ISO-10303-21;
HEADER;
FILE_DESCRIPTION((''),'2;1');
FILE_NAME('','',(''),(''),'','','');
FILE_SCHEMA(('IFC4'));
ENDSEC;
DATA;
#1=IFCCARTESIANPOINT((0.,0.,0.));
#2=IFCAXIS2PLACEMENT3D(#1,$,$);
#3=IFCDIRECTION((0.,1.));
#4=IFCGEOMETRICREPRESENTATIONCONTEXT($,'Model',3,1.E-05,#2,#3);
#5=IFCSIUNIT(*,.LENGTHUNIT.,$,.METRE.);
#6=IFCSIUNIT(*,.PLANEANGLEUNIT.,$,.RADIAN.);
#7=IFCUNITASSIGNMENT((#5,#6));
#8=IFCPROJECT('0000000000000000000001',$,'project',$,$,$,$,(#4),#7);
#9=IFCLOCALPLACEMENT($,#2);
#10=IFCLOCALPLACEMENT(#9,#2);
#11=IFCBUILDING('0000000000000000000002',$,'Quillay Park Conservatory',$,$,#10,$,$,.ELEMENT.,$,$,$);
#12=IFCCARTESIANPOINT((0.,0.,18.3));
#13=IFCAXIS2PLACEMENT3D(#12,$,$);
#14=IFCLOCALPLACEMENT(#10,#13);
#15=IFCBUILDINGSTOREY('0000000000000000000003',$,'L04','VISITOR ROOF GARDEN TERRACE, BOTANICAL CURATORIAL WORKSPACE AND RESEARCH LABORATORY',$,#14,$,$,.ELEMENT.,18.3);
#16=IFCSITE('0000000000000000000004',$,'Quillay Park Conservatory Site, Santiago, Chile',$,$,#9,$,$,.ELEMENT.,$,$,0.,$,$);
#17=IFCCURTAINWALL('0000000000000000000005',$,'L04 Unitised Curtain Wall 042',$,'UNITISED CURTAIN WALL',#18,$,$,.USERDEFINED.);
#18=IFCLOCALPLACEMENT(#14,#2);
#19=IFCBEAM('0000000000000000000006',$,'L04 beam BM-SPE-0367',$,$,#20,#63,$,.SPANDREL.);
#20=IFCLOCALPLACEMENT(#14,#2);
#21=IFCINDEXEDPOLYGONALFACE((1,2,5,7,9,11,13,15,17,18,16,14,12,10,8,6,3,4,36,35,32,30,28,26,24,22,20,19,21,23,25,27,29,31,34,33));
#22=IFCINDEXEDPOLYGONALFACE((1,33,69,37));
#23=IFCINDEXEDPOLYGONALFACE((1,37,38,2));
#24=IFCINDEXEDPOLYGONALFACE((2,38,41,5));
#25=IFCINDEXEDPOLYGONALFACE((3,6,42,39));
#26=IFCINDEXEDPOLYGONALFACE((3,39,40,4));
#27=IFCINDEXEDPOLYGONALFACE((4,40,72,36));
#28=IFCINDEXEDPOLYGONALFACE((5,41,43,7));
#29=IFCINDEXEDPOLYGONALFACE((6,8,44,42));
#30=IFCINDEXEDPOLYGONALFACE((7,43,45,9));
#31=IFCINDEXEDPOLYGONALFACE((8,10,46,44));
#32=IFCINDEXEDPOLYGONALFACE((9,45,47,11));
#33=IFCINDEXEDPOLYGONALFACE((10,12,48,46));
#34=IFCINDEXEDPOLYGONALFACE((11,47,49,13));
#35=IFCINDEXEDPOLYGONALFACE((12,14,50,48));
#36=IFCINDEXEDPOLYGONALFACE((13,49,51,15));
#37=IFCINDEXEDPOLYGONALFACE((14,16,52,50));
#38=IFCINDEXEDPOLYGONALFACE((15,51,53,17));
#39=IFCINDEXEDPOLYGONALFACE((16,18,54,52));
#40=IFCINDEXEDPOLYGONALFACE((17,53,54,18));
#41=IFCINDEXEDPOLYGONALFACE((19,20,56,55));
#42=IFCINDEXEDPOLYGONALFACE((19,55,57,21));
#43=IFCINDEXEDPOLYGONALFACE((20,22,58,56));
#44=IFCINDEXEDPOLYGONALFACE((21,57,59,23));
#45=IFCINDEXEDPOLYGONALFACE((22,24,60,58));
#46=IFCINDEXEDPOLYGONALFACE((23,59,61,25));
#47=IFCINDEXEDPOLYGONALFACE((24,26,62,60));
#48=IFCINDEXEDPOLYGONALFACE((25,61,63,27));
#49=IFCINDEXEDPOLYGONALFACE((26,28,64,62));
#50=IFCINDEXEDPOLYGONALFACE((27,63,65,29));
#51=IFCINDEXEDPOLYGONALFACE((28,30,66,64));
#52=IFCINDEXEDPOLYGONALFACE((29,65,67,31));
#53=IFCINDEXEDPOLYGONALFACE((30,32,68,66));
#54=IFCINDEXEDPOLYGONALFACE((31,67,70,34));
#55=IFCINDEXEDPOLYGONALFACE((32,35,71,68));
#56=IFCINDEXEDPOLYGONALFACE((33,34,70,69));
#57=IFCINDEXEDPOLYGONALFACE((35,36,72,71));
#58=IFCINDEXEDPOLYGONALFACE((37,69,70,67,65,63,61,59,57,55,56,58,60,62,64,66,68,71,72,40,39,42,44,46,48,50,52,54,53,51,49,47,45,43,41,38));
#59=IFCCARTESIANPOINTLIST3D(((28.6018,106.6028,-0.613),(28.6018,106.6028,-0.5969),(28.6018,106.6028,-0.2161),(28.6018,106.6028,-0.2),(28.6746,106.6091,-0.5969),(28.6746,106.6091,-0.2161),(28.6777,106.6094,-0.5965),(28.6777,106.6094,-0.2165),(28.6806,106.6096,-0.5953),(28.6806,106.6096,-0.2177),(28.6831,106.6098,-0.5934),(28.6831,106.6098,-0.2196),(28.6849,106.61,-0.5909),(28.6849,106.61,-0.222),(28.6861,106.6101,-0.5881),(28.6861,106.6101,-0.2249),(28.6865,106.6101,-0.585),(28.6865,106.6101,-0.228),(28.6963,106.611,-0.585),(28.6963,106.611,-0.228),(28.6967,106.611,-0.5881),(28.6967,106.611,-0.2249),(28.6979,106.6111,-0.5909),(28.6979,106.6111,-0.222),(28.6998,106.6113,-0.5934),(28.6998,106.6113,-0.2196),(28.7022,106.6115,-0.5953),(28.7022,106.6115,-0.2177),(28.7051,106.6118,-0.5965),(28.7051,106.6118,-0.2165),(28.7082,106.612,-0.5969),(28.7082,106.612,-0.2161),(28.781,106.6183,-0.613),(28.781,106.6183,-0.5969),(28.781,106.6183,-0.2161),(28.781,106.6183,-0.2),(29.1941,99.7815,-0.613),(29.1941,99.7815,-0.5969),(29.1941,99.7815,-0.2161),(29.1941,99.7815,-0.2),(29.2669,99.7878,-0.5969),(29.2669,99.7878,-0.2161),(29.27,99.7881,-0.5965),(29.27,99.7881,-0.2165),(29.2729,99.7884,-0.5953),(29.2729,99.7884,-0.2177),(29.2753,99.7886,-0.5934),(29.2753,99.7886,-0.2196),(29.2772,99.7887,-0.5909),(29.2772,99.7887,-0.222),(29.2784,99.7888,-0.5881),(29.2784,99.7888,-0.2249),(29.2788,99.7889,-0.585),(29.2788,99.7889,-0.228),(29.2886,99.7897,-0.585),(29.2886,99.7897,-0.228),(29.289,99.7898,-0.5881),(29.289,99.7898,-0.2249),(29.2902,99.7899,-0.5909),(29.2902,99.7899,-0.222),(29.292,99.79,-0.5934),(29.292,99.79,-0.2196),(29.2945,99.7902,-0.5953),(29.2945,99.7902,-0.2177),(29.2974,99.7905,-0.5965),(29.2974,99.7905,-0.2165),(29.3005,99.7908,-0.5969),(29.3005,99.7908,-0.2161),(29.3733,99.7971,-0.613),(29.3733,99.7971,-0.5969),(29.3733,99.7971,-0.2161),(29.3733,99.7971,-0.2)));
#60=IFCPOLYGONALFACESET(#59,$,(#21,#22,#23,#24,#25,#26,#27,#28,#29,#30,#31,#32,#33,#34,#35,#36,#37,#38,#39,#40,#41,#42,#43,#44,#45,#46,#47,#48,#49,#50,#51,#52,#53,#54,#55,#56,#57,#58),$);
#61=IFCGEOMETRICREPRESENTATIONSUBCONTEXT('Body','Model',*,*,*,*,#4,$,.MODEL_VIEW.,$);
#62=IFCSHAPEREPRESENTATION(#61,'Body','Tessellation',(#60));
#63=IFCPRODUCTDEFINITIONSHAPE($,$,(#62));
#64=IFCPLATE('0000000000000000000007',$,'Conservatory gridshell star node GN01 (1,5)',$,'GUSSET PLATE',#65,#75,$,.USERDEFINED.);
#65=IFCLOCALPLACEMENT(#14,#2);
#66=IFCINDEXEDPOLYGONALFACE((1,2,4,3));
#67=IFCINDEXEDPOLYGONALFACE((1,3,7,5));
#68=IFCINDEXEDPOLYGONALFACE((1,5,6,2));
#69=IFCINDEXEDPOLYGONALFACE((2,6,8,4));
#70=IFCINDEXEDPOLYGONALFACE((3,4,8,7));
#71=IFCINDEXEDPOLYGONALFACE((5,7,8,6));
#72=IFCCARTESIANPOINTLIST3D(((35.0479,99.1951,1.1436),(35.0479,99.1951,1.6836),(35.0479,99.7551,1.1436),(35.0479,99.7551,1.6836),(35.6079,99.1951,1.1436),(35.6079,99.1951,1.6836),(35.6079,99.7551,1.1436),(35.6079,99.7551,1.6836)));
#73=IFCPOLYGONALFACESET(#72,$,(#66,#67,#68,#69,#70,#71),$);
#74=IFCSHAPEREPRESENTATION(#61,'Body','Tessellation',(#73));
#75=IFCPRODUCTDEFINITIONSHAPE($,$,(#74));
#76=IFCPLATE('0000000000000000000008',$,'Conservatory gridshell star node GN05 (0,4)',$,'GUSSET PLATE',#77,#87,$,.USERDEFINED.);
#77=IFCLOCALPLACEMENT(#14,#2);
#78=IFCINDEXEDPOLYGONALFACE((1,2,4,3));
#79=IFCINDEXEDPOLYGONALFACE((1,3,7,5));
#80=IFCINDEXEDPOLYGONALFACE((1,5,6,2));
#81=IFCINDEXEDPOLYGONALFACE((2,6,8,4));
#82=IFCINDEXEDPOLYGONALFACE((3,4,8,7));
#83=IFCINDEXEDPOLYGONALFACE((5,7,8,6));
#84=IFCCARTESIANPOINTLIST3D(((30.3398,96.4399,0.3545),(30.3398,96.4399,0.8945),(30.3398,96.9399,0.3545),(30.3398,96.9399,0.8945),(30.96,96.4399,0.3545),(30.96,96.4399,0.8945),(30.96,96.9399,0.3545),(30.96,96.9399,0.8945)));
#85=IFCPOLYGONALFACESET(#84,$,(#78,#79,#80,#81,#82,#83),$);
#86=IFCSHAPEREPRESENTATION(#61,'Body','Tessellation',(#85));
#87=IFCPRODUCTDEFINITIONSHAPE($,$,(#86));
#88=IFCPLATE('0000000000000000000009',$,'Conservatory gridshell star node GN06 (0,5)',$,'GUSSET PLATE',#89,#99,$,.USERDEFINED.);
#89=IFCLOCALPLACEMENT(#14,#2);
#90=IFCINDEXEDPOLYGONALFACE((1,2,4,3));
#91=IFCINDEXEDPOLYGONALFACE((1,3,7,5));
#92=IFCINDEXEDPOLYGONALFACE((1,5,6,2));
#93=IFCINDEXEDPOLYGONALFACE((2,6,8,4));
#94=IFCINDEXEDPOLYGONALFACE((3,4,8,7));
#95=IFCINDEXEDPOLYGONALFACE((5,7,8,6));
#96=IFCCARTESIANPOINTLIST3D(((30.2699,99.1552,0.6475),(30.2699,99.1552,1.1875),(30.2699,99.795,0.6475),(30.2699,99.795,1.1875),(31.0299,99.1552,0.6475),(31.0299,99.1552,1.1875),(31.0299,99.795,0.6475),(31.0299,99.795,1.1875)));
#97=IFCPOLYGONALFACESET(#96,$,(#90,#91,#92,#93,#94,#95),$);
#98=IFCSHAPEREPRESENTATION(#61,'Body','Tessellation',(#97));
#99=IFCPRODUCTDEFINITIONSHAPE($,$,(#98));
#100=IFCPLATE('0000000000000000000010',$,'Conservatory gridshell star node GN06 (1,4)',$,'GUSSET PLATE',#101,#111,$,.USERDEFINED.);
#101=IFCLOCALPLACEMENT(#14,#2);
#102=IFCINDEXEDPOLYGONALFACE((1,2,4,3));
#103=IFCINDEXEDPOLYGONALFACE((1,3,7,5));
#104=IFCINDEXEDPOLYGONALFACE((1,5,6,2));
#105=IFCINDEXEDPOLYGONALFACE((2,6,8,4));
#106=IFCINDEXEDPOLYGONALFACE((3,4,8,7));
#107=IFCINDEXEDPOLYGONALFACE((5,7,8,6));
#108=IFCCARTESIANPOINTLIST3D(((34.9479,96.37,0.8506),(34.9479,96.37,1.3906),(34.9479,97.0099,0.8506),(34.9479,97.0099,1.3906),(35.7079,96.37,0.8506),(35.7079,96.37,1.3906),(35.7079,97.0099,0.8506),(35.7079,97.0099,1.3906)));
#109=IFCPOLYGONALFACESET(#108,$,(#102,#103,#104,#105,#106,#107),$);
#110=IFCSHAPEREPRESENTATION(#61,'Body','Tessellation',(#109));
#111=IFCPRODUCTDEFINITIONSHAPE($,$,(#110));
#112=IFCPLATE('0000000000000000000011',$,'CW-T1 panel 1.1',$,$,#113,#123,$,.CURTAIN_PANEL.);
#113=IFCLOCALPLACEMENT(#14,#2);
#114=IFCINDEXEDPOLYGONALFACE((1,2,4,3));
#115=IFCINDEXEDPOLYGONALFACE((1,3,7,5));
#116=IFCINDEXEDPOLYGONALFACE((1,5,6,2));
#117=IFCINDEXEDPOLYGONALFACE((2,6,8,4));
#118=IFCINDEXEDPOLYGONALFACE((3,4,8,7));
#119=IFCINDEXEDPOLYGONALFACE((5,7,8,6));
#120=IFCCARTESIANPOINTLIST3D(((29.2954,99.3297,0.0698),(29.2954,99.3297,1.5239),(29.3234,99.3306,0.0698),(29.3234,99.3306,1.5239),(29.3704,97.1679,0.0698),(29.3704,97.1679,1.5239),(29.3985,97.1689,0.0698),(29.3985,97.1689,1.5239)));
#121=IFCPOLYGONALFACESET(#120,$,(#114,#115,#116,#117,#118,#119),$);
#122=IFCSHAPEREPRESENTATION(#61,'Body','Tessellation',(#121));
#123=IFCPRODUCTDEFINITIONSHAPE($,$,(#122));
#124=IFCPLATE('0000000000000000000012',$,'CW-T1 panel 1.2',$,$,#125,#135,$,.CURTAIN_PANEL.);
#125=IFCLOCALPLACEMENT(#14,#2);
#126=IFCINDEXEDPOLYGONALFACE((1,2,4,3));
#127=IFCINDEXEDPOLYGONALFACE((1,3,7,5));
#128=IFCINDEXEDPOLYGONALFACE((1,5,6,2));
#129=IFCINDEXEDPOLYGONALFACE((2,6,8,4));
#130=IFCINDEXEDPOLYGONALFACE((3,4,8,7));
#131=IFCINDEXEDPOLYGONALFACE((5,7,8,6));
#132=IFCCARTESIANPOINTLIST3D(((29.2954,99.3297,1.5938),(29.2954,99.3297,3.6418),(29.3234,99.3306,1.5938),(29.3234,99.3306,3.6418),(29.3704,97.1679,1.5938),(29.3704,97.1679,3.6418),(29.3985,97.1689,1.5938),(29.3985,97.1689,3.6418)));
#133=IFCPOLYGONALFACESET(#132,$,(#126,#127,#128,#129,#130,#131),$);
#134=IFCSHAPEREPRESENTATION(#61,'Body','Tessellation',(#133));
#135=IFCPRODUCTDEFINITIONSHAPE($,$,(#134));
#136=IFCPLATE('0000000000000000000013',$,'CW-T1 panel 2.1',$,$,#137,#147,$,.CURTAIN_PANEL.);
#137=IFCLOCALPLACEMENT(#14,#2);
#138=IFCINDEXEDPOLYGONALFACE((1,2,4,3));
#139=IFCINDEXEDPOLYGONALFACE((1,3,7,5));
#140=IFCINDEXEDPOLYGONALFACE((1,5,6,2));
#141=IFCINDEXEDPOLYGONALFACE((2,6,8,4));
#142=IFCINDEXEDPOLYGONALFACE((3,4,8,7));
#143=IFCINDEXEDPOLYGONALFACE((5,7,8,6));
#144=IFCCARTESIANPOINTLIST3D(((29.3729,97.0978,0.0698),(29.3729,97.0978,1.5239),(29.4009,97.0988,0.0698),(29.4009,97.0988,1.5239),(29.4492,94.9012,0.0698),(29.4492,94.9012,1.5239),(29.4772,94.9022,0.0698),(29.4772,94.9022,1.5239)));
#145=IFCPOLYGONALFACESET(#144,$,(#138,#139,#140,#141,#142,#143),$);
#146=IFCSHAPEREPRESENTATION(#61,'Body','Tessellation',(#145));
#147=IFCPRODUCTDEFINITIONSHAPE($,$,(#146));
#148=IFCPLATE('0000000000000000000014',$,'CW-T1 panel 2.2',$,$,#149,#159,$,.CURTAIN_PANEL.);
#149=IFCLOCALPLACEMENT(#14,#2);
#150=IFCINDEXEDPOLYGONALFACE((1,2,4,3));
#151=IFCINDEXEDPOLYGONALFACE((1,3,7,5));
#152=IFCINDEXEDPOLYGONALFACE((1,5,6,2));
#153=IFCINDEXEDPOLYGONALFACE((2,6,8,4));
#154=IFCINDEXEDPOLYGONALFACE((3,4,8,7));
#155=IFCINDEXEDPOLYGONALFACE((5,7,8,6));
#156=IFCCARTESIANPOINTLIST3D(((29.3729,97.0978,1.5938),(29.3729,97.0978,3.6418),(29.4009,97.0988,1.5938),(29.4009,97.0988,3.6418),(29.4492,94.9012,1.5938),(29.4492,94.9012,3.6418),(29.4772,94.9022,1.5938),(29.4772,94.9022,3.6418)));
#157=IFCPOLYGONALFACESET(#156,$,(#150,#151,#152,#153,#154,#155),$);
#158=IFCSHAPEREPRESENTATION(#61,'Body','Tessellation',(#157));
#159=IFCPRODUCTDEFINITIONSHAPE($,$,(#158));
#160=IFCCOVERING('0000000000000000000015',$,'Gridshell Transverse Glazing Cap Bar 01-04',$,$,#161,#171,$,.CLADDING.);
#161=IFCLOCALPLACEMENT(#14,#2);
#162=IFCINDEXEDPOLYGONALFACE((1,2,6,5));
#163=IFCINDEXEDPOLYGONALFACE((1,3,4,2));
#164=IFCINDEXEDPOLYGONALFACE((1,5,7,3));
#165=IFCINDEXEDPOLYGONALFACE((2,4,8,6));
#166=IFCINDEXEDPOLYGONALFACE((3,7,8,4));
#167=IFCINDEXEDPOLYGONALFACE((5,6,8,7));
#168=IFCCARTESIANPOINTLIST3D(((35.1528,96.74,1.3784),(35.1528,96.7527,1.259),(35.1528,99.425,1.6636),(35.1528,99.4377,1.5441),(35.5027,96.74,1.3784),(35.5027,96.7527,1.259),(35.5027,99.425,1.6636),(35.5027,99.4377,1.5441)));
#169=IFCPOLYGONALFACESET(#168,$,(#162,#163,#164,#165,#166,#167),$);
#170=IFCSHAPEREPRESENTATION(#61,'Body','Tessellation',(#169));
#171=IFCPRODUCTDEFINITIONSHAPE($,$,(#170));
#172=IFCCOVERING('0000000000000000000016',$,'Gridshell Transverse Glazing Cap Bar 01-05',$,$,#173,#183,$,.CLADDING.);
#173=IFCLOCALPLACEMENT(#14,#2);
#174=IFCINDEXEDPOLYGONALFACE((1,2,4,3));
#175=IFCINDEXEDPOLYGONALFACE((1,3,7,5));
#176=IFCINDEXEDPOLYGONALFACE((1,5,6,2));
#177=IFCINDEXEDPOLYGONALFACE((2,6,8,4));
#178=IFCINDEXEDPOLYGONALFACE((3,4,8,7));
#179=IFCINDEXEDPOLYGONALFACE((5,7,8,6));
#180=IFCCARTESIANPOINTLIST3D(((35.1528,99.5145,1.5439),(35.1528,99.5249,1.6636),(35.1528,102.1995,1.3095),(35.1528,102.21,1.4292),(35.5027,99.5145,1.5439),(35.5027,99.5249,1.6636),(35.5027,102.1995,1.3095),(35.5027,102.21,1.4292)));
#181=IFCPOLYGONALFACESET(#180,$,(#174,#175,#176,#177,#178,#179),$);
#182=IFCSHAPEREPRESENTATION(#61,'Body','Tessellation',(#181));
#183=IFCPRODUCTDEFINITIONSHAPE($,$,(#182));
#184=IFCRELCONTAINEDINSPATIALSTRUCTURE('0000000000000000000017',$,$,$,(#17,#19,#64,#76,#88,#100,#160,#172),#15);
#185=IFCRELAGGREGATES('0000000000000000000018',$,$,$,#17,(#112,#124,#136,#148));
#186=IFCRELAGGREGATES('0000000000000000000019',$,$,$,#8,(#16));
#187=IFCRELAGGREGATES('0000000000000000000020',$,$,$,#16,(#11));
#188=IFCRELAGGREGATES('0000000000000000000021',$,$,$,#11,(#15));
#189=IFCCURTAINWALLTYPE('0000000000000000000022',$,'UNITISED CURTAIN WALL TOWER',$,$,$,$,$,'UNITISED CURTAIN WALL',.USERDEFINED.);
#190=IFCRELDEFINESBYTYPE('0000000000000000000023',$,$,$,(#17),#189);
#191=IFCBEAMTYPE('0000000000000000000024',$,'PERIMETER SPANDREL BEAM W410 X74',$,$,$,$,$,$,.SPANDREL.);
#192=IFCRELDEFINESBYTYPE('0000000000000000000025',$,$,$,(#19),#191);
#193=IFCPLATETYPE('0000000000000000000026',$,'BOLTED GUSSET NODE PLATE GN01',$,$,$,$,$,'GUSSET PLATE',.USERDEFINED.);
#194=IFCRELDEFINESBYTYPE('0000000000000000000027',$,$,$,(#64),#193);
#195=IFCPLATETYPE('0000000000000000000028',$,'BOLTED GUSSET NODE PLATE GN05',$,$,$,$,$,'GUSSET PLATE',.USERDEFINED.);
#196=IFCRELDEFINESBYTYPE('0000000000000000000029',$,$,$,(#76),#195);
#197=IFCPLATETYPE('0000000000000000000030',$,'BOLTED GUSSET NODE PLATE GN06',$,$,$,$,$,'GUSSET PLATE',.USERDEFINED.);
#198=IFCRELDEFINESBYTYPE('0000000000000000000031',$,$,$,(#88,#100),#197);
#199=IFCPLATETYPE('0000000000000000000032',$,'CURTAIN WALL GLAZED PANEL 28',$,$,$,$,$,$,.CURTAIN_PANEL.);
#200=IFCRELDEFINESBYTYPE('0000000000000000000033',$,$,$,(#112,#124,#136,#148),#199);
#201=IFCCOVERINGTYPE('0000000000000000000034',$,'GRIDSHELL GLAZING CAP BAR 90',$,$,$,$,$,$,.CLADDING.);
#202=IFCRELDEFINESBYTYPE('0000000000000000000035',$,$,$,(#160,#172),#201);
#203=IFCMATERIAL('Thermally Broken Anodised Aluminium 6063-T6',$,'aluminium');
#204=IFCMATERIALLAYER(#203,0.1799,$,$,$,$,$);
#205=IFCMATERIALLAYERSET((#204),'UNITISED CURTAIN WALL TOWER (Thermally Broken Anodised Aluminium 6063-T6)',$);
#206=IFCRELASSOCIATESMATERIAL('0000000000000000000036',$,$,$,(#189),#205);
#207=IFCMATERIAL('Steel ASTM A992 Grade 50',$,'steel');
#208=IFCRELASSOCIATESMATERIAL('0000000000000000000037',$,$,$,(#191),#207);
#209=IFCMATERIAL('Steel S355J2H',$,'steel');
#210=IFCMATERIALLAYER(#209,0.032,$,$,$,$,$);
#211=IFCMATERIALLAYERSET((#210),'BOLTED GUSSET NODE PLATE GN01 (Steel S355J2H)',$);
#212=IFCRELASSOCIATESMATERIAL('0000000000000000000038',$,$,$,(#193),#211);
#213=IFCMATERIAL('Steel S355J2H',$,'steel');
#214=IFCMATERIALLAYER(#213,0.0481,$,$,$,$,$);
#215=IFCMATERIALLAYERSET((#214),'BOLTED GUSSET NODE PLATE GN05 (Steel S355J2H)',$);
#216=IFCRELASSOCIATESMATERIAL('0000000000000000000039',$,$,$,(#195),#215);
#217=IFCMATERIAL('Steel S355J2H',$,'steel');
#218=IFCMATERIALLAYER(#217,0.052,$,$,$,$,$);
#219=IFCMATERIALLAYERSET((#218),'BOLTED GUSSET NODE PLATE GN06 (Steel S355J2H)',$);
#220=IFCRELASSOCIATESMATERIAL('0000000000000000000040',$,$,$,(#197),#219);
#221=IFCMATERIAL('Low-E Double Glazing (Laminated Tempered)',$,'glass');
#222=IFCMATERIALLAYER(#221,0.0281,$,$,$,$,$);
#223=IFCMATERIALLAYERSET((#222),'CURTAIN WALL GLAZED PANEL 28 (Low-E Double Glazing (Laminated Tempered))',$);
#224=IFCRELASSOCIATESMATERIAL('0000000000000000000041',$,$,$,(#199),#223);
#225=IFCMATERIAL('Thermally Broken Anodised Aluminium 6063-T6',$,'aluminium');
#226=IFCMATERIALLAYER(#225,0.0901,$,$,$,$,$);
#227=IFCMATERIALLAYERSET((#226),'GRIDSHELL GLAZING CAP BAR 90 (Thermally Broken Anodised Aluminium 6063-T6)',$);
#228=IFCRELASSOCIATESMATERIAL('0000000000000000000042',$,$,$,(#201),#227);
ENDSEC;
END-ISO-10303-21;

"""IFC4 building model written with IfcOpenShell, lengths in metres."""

from ifc_helpers import new_model, si_unit, direction, frame, origin, origin_2d, place, context, subcontext, project, spatial, polyline, rectangle, i_section, outline, extrude, material, layer, layer_set, material_profile, profile_set, type_object, element, aggregate, save


model = new_model("IFC4")

# Units and contexts
model_context = context("Model", 3, precision=1e-05, world=origin(), true_north=direction((0.0, 1.0)))
body_context = subcontext(model_context, "Body", "Model", "MODEL_VIEW")
ifc_project = project(units=[si_unit("LENGTHUNIT", "METRE"), si_unit("PLANEANGLEUNIT", "RADIAN")], contexts=[model_context])

# Site, building, storey
site_placement = place(None, origin())
site = spatial("IfcSite", under=ifc_project, at=site_placement, Name="Quillay Park Conservatory Site, Santiago, Chile", CompositionType="ELEMENT", RefElevation=0.0)
building_placement = place(site_placement, origin())
building = spatial("IfcBuilding", under=site, at=building_placement, Name="Quillay Park Conservatory", CompositionType="ELEMENT")
storey_placement = place(building_placement, frame((0.0, 0.0, 18.3)))
storey = spatial("IfcBuildingStorey", under=building, at=storey_placement, Name="L04", Description="VISITOR ROOF GARDEN TERRACE, BOTANICAL CURATORIAL WORKSPACE AND RESEARCH LABORATORY", CompositionType="ELEMENT", Elevation=18.3)

# Curtain wall
ifc_material_1 = material(Name="Thermally Broken Anodised Aluminium 6063-T6", Category="aluminium")
ifc_layer_1 = layer(ifc_material_1, 0.1799)
ifc_layer_set_1 = layer_set([ifc_layer_1], Name="UNITISED CURTAIN WALL TOWER (Thermally Broken Anodised Aluminium 6063-T6)")
curtain_wall_type = type_object("IfcCurtainWallType", Name="UNITISED CURTAIN WALL TOWER", ElementType="UNITISED CURTAIN WALL", PredefinedType="USERDEFINED", material=ifc_layer_set_1)
curtain_wall_1_placement = place(storey_placement, origin())
curtain_wall_1 = element("IfcCurtainWall", 1, at=curtain_wall_1_placement, inside=storey, type_object=curtain_wall_type, Name="L04 Unitised Curtain Wall 042", ObjectType="UNITISED CURTAIN WALL", PredefinedType="USERDEFINED")

# Beam
ifc_material_2 = material(Name="Steel ASTM A992 Grade 50", Category="steel")
ifc_material_profile_1 = material_profile(ifc_material_2, i_section(OverallWidth=0.1799, OverallDepth=0.4131, WebThickness=0.0098, FlangeThickness=0.0161, FilletRadius=0.012, at=origin_2d()), Name="W410x74")
ifc_profile_set_1 = profile_set([ifc_material_profile_1], Name="Steel ASTM A992 Grade 50")
beam_type_1 = type_object("IfcBeamType", Name="PERIMETER SPANDREL BEAM W410 X74", PredefinedType="SPANDREL", material=ifc_profile_set_1)
beam_1_placement = place(storey_placement, frame((29.2837, 99.7893, -0.4065), z_axis=(-0.086503, 0.996252, 0.0), x_axis=(-0.996252, -0.086503, 0.0)))
element("IfcBeam", 2, at=beam_1_placement, inside=storey, type_object=beam_type_1, Name="L04 beam BM-SPE-0367", PredefinedType="SPANDREL", context=body_context, shape_type="SweptSolid", body=[
    extrude(i_section(OverallWidth=0.1799, OverallDepth=0.4131, WebThickness=0.0098, FlangeThickness=0.0161, FilletRadius=0.012, at=origin_2d()), origin(), (0.0, 0.0, 1.0), 6.8469),
])

# Plates
ifc_material_3 = material(Name="Steel S355J2H", Category="steel")
ifc_layer_2 = layer(ifc_material_3, 0.032)
ifc_layer_set_2 = layer_set([ifc_layer_2], Name="BOLTED GUSSET NODE PLATE GN01 (Steel S355J2H)")
plate_type_1 = type_object("IfcPlateType", Name="BOLTED GUSSET NODE PLATE GN01", ElementType="GUSSET PLATE", PredefinedType="USERDEFINED", material=ifc_layer_set_2)
plate_1_placement = place(storey_placement, frame((35.3279, 99.4751, 1.1436), z_axis=(0.0, 0.0, 1.0), x_axis=(1.0, 0.0, 0.0)))
element("IfcPlate", 3, at=plate_1_placement, inside=storey, type_object=plate_type_1, Name="Conservatory gridshell star node GN01 (1,5)", ObjectType="GUSSET PLATE", PredefinedType="USERDEFINED", context=body_context, shape_type="SweptSolid", body=[
    extrude(rectangle(XDim=0.5601, YDim=0.5601, at=origin_2d()), origin(), (0.0, 0.0, 1.0), 0.54),
])
ifc_material_4 = material(Name="Steel S355J2H", Category="steel")
ifc_layer_3 = layer(ifc_material_4, 0.0481)
ifc_layer_set_3 = layer_set([ifc_layer_3], Name="BOLTED GUSSET NODE PLATE GN05 (Steel S355J2H)")
plate_type_2 = type_object("IfcPlateType", Name="BOLTED GUSSET NODE PLATE GN05", ElementType="GUSSET PLATE", PredefinedType="USERDEFINED", material=ifc_layer_set_3)
plate_2_placement = place(storey_placement, frame((30.6499, 96.6899, 0.3545), z_axis=(0.0, 0.0, 1.0), x_axis=(1.0, 0.0, 0.0)))
element("IfcPlate", 4, at=plate_2_placement, inside=storey, type_object=plate_type_2, Name="Conservatory gridshell star node GN05 (0,4)", ObjectType="GUSSET PLATE", PredefinedType="USERDEFINED", context=body_context, shape_type="SweptSolid", body=[
    extrude(rectangle(XDim=0.6201, YDim=0.5, at=origin_2d()), origin(), (0.0, 0.0, 1.0), 0.54),
])
ifc_material_5 = material(Name="Steel S355J2H", Category="steel")
ifc_layer_4 = layer(ifc_material_5, 0.052)
ifc_layer_set_4 = layer_set([ifc_layer_4], Name="BOLTED GUSSET NODE PLATE GN06 (Steel S355J2H)")
plate_type_3 = type_object("IfcPlateType", Name="BOLTED GUSSET NODE PLATE GN06", ElementType="GUSSET PLATE", PredefinedType="USERDEFINED", material=ifc_layer_set_4)
for number, where, z_axis, x_axis, name in (
    (5, (30.6499, 99.4751, 0.6475), (0.0, 0.0, 1.0), (1.0, 0.0, 0.0), "Conservatory gridshell star node GN06 (0,5)"),
    (6, (35.3279, 96.6899, 0.8506), (0.0, 0.0, 1.0), (1.0, 0.0, 0.0), "Conservatory gridshell star node GN06 (1,4)"),
):
    element("IfcPlate", number, at=place(storey_placement, frame(where, z_axis=z_axis, x_axis=x_axis)), inside=storey, type_object=plate_type_3, Name=name, ObjectType="GUSSET PLATE", PredefinedType="USERDEFINED", context=body_context, shape_type="SweptSolid", body=[
        extrude(rectangle(XDim=0.76, YDim=0.6399, at=origin_2d()), origin(), (0.0, 0.0, 1.0), 0.54),
    ])

# Plates
ifc_material_6 = material(Name="Low-E Double Glazing (Laminated Tempered)", Category="glass")
ifc_layer_5 = layer(ifc_material_6, 0.0281)
ifc_layer_set_5 = layer_set([ifc_layer_5], Name="CURTAIN WALL GLAZED PANEL 28 (Low-E Double Glazing (Laminated Tempered))")
plate_type_4 = type_object("IfcPlateType", Name="CURTAIN WALL GLAZED PANEL 28", PredefinedType="CURTAIN_PANEL", material=ifc_layer_set_5)
plate_3_placement = place(storey_placement, frame((29.3469, 98.2493, 0.0698), z_axis=(0.0, 0.0, 1.0), x_axis=(0.034713, -0.999397, 0.0)))
plate_3 = element("IfcPlate", 7, at=plate_3_placement, type_object=plate_type_4, Name="CW-T1 panel 1.1", PredefinedType="CURTAIN_PANEL", context=body_context, shape_type="SweptSolid", body=[
    extrude(rectangle(XDim=2.1631, YDim=0.0281, at=origin_2d()), origin(), (0.0, 0.0, 1.0), 1.4541),
])
plate_4_placement = place(storey_placement, frame((29.3469, 98.2493, 1.5938), z_axis=(0.0, 0.0, 1.0), x_axis=(0.034713, -0.999397, 0.0)))
plate_4 = element("IfcPlate", 8, at=plate_4_placement, type_object=plate_type_4, Name="CW-T1 panel 1.2", PredefinedType="CURTAIN_PANEL", context=body_context, shape_type="SweptSolid", body=[
    extrude(rectangle(XDim=2.1631, YDim=0.0281, at=origin_2d()), origin(), (0.0, 0.0, 1.0), 2.0481),
])
plate_5_placement = place(storey_placement, frame((29.425, 96.0, 0.0698), z_axis=(0.0, 0.0, 1.0), x_axis=(0.034713, -0.999397, 0.0)))
plate_5 = element("IfcPlate", 9, at=plate_5_placement, type_object=plate_type_4, Name="CW-T1 panel 2.1", PredefinedType="CURTAIN_PANEL", context=body_context, shape_type="SweptSolid", body=[
    extrude(rectangle(XDim=2.198, YDim=0.0281, at=origin_2d()), origin(), (0.0, 0.0, 1.0), 1.4541),
])
plate_6_placement = place(storey_placement, frame((29.425, 96.0, 1.5938), z_axis=(0.0, 0.0, 1.0), x_axis=(0.034713, -0.999397, 0.0)))
plate_6 = element("IfcPlate", 10, at=plate_6_placement, type_object=plate_type_4, Name="CW-T1 panel 2.2", PredefinedType="CURTAIN_PANEL", context=body_context, shape_type="SweptSolid", body=[
    extrude(rectangle(XDim=2.198, YDim=0.0281, at=origin_2d()), origin(), (0.0, 0.0, 1.0), 2.0481),
])
aggregate(curtain_wall_1, [plate_3, plate_4, plate_5, plate_6])

# Coverings
ifc_material_7 = material(Name="Thermally Broken Anodised Aluminium 6063-T6", Category="aluminium")
ifc_layer_6 = layer(ifc_material_7, 0.0901)
ifc_layer_set_6 = layer_set([ifc_layer_6], Name="GRIDSHELL GLAZING CAP BAR 90 (Thermally Broken Anodised Aluminium 6063-T6)")
covering_type = type_object("IfcCoveringType", Name="GRIDSHELL GLAZING CAP BAR 90", PredefinedType="CLADDING", material=ifc_layer_set_6)
covering_1_placement = place(storey_placement, frame((35.1528, 96.74, 1.3784), z_axis=(0.0, -0.105607, 0.994408), x_axis=(1.0, 0.0, 0.0)))
element("IfcCovering", 11, at=covering_1_placement, inside=storey, type_object=covering_type, Name="Gridshell Transverse Glazing Cap Bar 01-04", PredefinedType="CLADDING", context=body_context, shape_type="SweptSolid", body=[
    extrude(outline(polyline([(0.0, 0.0), (0.3499, 0.0), (0.3499, 2.7002), (0.0, 2.7002), (0.0, 0.0)])), origin(), (0.0, 0.0, -1.0), 0.1201),
])
covering_2_placement = place(storey_placement, frame((35.1528, 99.5249, 1.6636), z_axis=(0.0, 0.086958, 0.996212), x_axis=(1.0, 0.0, 0.0)))
element("IfcCovering", 12, at=covering_2_placement, inside=storey, type_object=covering_type, Name="Gridshell Transverse Glazing Cap Bar 01-05", PredefinedType="CLADDING", context=body_context, shape_type="SweptSolid", body=[
    extrude(outline(polyline([(0.0, 0.0), (0.3499, 0.0), (0.3499, 2.6953), (0.0, 2.6953), (0.0, 0.0)])), origin(), (0.0, 0.0, -1.0), 0.1201),
])

save(model, "model.ifc")
